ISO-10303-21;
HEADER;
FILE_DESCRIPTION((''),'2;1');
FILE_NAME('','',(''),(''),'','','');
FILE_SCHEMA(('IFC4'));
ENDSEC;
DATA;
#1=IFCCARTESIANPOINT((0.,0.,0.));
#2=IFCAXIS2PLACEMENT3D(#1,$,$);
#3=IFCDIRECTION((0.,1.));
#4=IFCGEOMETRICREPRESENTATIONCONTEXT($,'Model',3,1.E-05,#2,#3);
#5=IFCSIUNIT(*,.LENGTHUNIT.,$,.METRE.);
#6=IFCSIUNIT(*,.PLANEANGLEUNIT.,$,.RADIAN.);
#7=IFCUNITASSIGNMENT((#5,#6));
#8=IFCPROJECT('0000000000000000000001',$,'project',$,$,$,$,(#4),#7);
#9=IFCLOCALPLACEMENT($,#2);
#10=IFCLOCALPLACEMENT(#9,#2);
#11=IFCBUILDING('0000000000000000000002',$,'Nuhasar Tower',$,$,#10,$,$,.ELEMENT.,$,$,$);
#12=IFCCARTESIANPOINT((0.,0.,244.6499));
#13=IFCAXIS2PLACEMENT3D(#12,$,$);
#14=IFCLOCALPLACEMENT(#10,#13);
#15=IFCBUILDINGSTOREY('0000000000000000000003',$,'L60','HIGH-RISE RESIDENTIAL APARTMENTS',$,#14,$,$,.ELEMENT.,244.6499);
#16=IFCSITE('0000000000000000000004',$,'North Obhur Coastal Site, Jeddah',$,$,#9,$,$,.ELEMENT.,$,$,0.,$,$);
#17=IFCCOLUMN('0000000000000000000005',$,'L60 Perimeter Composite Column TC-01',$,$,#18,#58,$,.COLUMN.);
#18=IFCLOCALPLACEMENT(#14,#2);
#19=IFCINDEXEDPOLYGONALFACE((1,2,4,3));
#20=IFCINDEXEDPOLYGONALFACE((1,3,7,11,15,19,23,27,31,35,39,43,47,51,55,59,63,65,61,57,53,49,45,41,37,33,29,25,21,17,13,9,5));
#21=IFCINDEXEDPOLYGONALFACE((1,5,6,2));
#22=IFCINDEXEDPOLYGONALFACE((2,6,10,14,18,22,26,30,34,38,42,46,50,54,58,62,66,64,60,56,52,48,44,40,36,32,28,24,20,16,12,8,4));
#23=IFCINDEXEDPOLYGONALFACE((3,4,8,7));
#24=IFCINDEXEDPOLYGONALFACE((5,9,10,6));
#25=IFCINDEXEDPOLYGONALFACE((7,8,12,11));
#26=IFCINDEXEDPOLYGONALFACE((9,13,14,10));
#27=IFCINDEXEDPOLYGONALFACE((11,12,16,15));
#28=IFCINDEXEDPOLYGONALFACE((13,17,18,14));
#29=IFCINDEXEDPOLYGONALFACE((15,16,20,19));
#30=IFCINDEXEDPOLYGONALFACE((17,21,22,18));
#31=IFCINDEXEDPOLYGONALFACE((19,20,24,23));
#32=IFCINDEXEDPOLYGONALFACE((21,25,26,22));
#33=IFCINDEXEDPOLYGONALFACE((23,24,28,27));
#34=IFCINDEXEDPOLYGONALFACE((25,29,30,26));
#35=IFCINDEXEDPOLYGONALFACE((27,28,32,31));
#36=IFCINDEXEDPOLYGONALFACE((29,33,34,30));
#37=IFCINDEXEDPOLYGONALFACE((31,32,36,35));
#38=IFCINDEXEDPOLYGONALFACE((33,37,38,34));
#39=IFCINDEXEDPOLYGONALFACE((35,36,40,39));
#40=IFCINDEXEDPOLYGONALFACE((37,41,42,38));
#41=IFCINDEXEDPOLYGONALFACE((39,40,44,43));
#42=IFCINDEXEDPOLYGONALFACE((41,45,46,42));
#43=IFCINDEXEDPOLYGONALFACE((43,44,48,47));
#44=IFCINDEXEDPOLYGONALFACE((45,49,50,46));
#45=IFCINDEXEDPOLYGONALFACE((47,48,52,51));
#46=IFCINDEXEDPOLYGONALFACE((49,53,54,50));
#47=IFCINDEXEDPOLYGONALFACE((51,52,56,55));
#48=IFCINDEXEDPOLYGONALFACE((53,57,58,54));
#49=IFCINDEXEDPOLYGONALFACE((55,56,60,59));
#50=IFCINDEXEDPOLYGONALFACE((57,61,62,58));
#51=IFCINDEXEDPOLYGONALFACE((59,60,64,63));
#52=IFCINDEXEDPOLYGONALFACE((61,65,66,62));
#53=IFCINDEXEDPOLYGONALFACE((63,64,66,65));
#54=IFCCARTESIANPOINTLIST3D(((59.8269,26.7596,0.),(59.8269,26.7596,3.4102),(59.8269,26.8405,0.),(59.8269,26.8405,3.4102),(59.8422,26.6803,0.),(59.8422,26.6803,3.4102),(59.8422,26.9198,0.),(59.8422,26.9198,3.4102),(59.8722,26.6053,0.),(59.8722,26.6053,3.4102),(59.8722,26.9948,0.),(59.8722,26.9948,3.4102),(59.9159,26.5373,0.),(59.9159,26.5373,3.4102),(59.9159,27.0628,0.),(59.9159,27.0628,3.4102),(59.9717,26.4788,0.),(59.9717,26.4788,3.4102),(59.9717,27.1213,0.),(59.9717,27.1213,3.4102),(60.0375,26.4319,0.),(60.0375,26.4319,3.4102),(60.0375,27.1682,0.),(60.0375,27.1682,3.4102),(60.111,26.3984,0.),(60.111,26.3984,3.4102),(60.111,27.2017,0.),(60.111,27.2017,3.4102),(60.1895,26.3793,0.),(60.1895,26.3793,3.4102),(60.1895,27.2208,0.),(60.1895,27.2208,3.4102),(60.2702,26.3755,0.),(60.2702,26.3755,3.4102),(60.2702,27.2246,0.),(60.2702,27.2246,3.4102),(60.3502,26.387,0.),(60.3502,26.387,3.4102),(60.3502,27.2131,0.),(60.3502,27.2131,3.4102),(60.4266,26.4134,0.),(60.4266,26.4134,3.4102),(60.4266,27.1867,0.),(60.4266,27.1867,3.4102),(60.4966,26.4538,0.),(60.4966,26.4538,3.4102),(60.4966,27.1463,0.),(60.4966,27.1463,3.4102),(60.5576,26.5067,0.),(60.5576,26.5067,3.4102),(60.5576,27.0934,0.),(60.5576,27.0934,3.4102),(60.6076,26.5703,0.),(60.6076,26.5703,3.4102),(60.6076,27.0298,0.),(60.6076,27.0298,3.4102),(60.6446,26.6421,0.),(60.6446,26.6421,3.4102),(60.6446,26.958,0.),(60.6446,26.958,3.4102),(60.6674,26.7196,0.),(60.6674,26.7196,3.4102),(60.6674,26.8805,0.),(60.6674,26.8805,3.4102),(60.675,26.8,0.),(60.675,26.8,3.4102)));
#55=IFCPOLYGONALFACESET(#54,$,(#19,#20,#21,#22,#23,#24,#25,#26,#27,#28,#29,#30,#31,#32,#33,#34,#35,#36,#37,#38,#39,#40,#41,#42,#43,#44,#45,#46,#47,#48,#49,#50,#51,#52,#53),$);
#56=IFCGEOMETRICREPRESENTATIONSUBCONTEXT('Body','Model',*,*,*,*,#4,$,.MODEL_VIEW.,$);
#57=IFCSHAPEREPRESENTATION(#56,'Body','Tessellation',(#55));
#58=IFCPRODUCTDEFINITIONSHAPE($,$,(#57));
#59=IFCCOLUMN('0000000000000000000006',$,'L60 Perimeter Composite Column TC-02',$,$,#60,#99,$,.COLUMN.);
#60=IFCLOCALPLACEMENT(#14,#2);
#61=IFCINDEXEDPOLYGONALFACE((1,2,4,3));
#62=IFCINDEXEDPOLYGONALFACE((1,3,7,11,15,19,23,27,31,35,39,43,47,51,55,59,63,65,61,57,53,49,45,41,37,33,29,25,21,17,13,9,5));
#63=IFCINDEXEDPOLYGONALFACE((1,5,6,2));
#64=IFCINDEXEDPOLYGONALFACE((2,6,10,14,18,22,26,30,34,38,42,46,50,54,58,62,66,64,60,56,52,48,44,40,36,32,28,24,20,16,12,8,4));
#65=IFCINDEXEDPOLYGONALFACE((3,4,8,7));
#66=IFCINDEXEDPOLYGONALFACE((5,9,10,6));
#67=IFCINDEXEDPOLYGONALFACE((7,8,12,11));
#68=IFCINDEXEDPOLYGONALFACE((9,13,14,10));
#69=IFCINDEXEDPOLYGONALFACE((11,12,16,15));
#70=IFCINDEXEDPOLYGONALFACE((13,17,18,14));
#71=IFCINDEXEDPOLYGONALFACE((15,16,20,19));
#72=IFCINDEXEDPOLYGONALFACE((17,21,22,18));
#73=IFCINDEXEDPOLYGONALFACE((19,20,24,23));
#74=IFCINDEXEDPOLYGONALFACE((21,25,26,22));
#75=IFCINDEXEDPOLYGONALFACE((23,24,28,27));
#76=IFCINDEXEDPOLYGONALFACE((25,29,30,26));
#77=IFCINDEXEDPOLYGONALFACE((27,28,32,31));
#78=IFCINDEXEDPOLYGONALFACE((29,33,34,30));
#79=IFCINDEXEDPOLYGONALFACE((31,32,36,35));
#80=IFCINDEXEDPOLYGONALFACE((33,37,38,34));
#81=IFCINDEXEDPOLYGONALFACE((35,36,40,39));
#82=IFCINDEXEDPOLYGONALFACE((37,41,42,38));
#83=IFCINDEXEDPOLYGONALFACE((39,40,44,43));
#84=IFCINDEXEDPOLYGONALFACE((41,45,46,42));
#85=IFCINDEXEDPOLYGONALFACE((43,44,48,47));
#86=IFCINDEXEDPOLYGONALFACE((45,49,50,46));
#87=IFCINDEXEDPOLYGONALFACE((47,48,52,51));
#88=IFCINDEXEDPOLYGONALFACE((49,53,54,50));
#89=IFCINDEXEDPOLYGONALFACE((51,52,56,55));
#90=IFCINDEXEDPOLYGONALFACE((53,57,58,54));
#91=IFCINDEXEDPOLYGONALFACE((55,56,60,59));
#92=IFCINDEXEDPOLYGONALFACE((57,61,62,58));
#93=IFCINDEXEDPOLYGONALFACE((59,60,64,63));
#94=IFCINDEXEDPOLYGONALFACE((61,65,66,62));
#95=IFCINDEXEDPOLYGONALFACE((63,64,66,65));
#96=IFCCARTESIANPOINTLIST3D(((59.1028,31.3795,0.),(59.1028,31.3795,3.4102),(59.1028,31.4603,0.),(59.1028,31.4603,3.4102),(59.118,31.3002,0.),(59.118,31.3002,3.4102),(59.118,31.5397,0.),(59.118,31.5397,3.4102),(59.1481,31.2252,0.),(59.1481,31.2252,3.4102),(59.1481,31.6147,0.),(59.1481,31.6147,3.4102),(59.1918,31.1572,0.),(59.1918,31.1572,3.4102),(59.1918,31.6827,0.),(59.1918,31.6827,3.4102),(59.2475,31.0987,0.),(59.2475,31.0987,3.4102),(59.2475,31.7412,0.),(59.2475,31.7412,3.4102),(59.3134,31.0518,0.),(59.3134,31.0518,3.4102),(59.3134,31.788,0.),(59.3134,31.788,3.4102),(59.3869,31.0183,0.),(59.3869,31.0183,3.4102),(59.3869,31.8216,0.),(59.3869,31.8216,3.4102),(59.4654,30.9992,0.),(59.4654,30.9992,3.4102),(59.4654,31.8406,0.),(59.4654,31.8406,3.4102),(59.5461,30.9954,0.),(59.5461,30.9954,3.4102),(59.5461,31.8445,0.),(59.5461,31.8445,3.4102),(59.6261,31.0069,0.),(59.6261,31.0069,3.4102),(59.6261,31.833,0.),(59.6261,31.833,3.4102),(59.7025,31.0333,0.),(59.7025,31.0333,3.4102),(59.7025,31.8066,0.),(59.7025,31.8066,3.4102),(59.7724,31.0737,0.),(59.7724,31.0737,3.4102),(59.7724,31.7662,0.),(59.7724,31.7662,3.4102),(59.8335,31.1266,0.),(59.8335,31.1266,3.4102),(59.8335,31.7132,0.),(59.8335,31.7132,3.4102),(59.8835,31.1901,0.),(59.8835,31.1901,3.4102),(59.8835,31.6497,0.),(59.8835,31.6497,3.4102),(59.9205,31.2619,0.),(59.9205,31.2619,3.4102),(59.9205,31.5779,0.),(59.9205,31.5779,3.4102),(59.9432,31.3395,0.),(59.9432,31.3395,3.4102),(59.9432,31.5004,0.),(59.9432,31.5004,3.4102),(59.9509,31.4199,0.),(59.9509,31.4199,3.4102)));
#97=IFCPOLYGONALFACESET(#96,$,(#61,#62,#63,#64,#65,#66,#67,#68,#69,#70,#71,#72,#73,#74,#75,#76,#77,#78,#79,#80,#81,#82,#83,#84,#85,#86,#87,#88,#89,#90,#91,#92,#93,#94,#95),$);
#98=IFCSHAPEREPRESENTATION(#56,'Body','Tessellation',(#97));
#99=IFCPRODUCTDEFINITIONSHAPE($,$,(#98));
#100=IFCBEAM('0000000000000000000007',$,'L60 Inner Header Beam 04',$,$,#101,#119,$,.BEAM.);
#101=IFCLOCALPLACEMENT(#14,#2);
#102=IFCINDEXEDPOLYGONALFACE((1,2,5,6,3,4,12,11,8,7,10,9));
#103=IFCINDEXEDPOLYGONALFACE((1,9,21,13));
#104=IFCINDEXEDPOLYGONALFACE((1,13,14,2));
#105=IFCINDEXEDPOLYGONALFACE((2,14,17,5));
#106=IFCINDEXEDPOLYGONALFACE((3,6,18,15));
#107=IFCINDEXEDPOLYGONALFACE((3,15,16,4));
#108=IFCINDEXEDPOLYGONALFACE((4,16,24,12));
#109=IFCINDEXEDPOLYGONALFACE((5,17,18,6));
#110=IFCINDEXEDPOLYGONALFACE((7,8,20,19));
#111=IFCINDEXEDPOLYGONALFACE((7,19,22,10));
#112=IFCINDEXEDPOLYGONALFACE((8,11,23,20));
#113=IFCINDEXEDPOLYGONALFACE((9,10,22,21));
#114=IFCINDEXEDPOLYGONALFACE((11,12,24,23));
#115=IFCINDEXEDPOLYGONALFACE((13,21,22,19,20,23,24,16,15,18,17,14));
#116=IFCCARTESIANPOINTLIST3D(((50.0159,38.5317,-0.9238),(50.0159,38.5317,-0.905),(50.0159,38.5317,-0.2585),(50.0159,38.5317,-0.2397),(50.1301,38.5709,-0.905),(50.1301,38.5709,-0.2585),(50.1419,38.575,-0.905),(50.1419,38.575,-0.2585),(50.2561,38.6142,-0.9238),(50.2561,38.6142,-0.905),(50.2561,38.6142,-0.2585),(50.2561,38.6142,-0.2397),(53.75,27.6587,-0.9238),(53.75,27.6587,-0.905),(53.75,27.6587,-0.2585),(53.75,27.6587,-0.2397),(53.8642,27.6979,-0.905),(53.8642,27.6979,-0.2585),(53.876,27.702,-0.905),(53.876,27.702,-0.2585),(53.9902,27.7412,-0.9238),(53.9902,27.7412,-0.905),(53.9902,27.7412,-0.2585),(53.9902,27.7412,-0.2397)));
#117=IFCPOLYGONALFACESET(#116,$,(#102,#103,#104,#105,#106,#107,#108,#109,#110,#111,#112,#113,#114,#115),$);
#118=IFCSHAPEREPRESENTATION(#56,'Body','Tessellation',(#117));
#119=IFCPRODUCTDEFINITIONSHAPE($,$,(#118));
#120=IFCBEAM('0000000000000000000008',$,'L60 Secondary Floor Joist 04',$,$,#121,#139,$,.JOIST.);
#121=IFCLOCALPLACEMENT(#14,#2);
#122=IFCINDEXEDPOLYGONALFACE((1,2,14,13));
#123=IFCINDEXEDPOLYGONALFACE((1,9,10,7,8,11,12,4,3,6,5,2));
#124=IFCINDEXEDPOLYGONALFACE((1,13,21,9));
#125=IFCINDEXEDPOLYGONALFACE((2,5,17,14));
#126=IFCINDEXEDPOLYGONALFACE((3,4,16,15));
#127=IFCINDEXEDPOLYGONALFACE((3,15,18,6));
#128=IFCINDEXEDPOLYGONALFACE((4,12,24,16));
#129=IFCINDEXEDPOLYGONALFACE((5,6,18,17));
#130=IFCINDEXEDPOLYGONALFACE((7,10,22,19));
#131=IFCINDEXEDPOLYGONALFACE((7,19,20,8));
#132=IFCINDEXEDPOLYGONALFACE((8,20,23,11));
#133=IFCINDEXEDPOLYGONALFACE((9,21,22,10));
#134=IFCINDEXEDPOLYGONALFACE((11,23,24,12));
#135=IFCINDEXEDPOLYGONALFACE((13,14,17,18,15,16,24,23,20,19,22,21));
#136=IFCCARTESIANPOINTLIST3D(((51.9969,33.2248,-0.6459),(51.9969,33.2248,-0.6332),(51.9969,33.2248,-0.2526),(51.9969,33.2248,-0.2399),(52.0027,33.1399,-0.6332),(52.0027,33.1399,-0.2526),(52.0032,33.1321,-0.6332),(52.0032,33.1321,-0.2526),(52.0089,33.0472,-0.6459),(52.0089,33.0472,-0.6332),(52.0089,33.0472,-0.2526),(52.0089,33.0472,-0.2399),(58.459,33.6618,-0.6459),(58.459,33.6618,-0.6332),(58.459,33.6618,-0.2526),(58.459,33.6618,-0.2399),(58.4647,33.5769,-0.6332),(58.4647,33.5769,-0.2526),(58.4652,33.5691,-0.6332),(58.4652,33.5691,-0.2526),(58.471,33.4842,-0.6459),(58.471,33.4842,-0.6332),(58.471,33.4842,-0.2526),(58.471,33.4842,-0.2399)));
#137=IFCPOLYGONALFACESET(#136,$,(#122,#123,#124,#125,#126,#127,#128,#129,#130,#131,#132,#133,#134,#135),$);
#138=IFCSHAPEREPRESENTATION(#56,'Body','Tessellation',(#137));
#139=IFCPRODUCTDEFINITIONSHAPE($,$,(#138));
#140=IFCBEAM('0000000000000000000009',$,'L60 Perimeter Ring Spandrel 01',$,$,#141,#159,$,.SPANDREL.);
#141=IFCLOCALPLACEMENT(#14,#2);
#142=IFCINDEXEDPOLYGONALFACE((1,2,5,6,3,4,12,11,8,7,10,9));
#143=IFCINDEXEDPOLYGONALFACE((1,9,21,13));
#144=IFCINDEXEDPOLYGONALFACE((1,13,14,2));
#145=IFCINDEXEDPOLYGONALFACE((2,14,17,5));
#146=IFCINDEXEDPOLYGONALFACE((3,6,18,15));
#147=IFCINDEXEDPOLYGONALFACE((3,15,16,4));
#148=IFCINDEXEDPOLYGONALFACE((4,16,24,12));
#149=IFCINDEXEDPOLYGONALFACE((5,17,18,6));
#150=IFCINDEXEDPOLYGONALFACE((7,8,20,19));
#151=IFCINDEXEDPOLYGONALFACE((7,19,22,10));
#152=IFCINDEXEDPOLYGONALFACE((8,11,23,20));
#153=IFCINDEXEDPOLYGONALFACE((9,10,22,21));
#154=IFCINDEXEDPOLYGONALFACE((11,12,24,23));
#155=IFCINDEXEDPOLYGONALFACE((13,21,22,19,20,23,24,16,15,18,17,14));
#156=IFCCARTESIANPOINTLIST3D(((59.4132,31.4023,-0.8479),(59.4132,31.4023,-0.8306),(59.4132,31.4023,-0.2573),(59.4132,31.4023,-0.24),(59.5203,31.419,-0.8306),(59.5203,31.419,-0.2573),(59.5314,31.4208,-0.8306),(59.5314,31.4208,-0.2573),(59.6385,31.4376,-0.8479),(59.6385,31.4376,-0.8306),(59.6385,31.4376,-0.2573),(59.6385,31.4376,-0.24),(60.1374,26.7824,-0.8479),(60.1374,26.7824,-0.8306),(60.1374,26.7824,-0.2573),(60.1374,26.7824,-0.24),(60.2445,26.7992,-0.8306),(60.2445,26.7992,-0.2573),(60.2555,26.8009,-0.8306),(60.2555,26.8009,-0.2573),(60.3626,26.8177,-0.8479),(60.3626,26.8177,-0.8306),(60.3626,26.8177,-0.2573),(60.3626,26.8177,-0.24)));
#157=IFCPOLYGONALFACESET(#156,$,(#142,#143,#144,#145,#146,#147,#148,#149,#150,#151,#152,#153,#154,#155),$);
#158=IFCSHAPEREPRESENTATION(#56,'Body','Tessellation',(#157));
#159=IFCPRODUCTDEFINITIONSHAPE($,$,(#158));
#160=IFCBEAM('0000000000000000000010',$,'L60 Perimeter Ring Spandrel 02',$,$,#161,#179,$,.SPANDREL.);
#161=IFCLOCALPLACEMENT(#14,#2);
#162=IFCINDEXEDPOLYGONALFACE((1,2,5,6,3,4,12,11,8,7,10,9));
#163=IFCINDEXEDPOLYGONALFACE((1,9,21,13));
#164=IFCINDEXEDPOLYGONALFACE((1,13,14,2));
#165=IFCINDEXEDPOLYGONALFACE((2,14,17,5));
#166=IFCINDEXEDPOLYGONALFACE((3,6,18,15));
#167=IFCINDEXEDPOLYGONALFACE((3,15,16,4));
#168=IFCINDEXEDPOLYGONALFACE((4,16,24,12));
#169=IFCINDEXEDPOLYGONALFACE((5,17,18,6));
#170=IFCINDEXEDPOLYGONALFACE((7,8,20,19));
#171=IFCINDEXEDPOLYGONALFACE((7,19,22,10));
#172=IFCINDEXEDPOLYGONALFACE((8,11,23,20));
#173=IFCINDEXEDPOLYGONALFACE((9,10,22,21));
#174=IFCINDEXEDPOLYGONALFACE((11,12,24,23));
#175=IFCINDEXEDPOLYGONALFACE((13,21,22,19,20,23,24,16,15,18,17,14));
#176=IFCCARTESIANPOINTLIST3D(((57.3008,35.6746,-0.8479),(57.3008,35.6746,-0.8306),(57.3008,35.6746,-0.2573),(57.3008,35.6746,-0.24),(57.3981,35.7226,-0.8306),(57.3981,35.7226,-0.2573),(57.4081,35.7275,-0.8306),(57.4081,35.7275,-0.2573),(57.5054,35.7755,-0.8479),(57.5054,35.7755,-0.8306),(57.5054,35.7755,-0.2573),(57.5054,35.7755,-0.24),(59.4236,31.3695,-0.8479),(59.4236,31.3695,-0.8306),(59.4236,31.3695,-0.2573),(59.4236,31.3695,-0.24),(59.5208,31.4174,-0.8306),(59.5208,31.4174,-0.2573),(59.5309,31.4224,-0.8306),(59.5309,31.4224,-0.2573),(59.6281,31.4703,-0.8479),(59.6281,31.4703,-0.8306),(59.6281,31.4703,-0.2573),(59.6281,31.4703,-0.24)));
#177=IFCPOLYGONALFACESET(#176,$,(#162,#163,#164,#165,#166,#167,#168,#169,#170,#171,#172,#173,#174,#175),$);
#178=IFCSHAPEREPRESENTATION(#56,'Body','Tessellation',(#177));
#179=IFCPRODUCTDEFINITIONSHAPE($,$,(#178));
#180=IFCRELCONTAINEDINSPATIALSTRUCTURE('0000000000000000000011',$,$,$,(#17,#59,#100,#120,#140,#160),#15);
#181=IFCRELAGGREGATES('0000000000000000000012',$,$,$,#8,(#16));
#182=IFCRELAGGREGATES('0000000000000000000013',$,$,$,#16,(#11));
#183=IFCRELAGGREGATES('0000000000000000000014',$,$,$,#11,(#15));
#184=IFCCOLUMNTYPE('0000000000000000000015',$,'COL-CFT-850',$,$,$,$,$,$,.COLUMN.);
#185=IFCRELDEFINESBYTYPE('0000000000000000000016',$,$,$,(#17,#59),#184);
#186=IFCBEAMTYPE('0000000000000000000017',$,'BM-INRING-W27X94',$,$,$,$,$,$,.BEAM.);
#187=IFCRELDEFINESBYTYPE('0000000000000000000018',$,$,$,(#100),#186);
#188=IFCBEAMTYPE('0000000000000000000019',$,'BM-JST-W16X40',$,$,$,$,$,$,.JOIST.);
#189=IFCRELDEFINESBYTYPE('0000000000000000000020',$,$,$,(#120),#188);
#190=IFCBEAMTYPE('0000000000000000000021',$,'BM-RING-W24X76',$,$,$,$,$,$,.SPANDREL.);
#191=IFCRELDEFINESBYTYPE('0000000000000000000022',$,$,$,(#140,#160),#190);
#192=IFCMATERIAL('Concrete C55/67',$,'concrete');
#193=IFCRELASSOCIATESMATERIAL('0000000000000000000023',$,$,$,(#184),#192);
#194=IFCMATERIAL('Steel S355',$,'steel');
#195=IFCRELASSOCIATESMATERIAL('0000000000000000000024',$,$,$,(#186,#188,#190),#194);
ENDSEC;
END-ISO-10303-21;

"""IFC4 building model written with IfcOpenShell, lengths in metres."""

from ifc_helpers import new_model, si_unit, direction, frame, origin, origin_2d, place, context, subcontext, project, spatial, circle, i_section, extrude, material, material_profile, profile_set, type_object, element, save


model = new_model("IFC4")

# Units and contexts
model_context = context("Model", 3, precision=1e-05, world=origin(), true_north=direction((0.0, 1.0)))
body_context = subcontext(model_context, "Body", "Model", "MODEL_VIEW")
ifc_project = project(units=[si_unit("LENGTHUNIT", "METRE"), si_unit("PLANEANGLEUNIT", "RADIAN")], contexts=[model_context])

# Site, building, storey
site_placement = place(None, origin())
site = spatial("IfcSite", under=ifc_project, at=site_placement, Name="North Obhur Coastal Site, Jeddah", CompositionType="ELEMENT", RefElevation=0.0)
building_placement = place(site_placement, origin())
building = spatial("IfcBuilding", under=site, at=building_placement, Name="Nuhasar Tower", CompositionType="ELEMENT")
storey_placement = place(building_placement, frame((0.0, 0.0, 244.6499)))
storey = spatial("IfcBuildingStorey", under=building, at=storey_placement, Name="L60", Description="HIGH-RISE RESIDENTIAL APARTMENTS", CompositionType="ELEMENT", Elevation=244.6499)

# Columns
ifc_material_1 = material(Name="Concrete C55/67", Category="concrete")
ifc_material_profile_1 = material_profile(ifc_material_1, circle(Radius=0.425, at=origin_2d()), Name="CFT850")
ifc_profile_set_1 = profile_set([ifc_material_profile_1], Name="Concrete C55/67")
column_type = type_object("IfcColumnType", Name="COL-CFT-850", PredefinedType="COLUMN", material=ifc_profile_set_1)
for number, where, z_axis, x_axis, name in (
    (1, (60.25, 26.8, 0.0), (0.0, 0.0, 1.0), (1.0, 0.0, 0.0), "L60 Perimeter Composite Column TC-01"),
    (2, (59.5259, 31.4199, 0.0), (0.0, 0.0, 1.0), (1.0, 0.0, 0.0), "L60 Perimeter Composite Column TC-02"),
):
    element("IfcColumn", number, at=place(storey_placement, frame(where, z_axis=z_axis, x_axis=x_axis)), inside=storey, type_object=column_type, Name=name, PredefinedType="COLUMN", context=body_context, shape_type="SweptSolid", body=[
        extrude(circle(Radius=0.425, at=origin_2d()), origin(), (0.0, 0.0, 1.0), 3.4102),
    ])

# Beams
ifc_material_2 = material(Name="Steel S355", Category="steel")
ifc_material_profile_2 = material_profile(ifc_material_2, i_section(OverallWidth=0.2539, OverallDepth=0.6841, WebThickness=0.0125, FlangeThickness=0.0188, at=origin_2d()), Name="W27X94")
ifc_profile_set_2 = profile_set([ifc_material_profile_2], Name="Steel S355")
beam_type_1 = type_object("IfcBeamType", Name="BM-INRING-W27X94", PredefinedType="BEAM", material=ifc_profile_set_2)
beam_1_placement = place(storey_placement, frame((53.8701, 27.7, -0.5818), z_axis=(-0.324809, 0.94578, 0.0), x_axis=(-0.94578, -0.324809, 0.0)))
element("IfcBeam", 3, at=beam_1_placement, inside=storey, type_object=beam_type_1, Name="L60 Inner Header Beam 04", PredefinedType="BEAM", context=body_context, shape_type="SweptSolid", body=[
    extrude(i_section(OverallWidth=0.2539, OverallDepth=0.6841, WebThickness=0.0125, FlangeThickness=0.0188, at=origin_2d()), origin(), (0.0, 0.0, 1.0), 11.4963),
])
ifc_material_profile_3 = material_profile(ifc_material_2, i_section(OverallWidth=0.178, OverallDepth=0.406, WebThickness=0.0078, FlangeThickness=0.0127, at=origin_2d()), Name="W16X40")
ifc_profile_set_3 = profile_set([ifc_material_profile_3], Name="Steel S355")
beam_type_2 = type_object("IfcBeamType", Name="BM-JST-W16X40", PredefinedType="JOIST", material=ifc_profile_set_3)
beam_2_placement = place(storey_placement, frame((52.0029, 33.136, -0.4429), z_axis=(0.997721, 0.067472, 0.0), x_axis=(-0.067472, 0.997721, 0.0)))
element("IfcBeam", 4, at=beam_2_placement, inside=storey, type_object=beam_type_2, Name="L60 Secondary Floor Joist 04", PredefinedType="JOIST", context=body_context, shape_type="SweptSolid", body=[
    extrude(i_section(OverallWidth=0.178, OverallDepth=0.406, WebThickness=0.0078, FlangeThickness=0.0127, at=origin_2d()), origin(), (0.0, 0.0, 1.0), 6.4768),
])
ifc_material_profile_4 = material_profile(ifc_material_2, i_section(OverallWidth=0.228, OverallDepth=0.6079, WebThickness=0.0112, FlangeThickness=0.0173, at=origin_2d()), Name="W24X76")
ifc_profile_set_4 = profile_set([ifc_material_profile_4], Name="Steel S355")
beam_type_3 = type_object("IfcBeamType", Name="BM-RING-W24X76", PredefinedType="SPANDREL", material=ifc_profile_set_4)
beam_3_placement = place(storey_placement, frame((60.25, 26.8, -0.5439), z_axis=(-0.15485, 0.987938, 0.0), x_axis=(-0.987938, -0.15485, 0.0)))
element("IfcBeam", 5, at=beam_3_placement, inside=storey, type_object=beam_type_3, Name="L60 Perimeter Ring Spandrel 01", PredefinedType="SPANDREL", context=body_context, shape_type="SweptSolid", body=[
    extrude(i_section(OverallWidth=0.228, OverallDepth=0.6079, WebThickness=0.0112, FlangeThickness=0.0173, at=origin_2d()), origin(), (0.0, 0.0, 1.0), 4.6763),
])
beam_4_placement = place(storey_placement, frame((59.5259, 31.4199, -0.5439), z_axis=(-0.442243, 0.896895, 0.0), x_axis=(-0.896895, -0.442243, 0.0)))
element("IfcBeam", 6, at=beam_4_placement, inside=storey, type_object=beam_type_3, Name="L60 Perimeter Ring Spandrel 02", PredefinedType="SPANDREL", context=body_context, shape_type="SweptSolid", body=[
    extrude(i_section(OverallWidth=0.228, OverallDepth=0.6079, WebThickness=0.0112, FlangeThickness=0.0173, at=origin_2d()), origin(), (0.0, 0.0, 1.0), 4.8),
])

save(model, "model.ifc")
